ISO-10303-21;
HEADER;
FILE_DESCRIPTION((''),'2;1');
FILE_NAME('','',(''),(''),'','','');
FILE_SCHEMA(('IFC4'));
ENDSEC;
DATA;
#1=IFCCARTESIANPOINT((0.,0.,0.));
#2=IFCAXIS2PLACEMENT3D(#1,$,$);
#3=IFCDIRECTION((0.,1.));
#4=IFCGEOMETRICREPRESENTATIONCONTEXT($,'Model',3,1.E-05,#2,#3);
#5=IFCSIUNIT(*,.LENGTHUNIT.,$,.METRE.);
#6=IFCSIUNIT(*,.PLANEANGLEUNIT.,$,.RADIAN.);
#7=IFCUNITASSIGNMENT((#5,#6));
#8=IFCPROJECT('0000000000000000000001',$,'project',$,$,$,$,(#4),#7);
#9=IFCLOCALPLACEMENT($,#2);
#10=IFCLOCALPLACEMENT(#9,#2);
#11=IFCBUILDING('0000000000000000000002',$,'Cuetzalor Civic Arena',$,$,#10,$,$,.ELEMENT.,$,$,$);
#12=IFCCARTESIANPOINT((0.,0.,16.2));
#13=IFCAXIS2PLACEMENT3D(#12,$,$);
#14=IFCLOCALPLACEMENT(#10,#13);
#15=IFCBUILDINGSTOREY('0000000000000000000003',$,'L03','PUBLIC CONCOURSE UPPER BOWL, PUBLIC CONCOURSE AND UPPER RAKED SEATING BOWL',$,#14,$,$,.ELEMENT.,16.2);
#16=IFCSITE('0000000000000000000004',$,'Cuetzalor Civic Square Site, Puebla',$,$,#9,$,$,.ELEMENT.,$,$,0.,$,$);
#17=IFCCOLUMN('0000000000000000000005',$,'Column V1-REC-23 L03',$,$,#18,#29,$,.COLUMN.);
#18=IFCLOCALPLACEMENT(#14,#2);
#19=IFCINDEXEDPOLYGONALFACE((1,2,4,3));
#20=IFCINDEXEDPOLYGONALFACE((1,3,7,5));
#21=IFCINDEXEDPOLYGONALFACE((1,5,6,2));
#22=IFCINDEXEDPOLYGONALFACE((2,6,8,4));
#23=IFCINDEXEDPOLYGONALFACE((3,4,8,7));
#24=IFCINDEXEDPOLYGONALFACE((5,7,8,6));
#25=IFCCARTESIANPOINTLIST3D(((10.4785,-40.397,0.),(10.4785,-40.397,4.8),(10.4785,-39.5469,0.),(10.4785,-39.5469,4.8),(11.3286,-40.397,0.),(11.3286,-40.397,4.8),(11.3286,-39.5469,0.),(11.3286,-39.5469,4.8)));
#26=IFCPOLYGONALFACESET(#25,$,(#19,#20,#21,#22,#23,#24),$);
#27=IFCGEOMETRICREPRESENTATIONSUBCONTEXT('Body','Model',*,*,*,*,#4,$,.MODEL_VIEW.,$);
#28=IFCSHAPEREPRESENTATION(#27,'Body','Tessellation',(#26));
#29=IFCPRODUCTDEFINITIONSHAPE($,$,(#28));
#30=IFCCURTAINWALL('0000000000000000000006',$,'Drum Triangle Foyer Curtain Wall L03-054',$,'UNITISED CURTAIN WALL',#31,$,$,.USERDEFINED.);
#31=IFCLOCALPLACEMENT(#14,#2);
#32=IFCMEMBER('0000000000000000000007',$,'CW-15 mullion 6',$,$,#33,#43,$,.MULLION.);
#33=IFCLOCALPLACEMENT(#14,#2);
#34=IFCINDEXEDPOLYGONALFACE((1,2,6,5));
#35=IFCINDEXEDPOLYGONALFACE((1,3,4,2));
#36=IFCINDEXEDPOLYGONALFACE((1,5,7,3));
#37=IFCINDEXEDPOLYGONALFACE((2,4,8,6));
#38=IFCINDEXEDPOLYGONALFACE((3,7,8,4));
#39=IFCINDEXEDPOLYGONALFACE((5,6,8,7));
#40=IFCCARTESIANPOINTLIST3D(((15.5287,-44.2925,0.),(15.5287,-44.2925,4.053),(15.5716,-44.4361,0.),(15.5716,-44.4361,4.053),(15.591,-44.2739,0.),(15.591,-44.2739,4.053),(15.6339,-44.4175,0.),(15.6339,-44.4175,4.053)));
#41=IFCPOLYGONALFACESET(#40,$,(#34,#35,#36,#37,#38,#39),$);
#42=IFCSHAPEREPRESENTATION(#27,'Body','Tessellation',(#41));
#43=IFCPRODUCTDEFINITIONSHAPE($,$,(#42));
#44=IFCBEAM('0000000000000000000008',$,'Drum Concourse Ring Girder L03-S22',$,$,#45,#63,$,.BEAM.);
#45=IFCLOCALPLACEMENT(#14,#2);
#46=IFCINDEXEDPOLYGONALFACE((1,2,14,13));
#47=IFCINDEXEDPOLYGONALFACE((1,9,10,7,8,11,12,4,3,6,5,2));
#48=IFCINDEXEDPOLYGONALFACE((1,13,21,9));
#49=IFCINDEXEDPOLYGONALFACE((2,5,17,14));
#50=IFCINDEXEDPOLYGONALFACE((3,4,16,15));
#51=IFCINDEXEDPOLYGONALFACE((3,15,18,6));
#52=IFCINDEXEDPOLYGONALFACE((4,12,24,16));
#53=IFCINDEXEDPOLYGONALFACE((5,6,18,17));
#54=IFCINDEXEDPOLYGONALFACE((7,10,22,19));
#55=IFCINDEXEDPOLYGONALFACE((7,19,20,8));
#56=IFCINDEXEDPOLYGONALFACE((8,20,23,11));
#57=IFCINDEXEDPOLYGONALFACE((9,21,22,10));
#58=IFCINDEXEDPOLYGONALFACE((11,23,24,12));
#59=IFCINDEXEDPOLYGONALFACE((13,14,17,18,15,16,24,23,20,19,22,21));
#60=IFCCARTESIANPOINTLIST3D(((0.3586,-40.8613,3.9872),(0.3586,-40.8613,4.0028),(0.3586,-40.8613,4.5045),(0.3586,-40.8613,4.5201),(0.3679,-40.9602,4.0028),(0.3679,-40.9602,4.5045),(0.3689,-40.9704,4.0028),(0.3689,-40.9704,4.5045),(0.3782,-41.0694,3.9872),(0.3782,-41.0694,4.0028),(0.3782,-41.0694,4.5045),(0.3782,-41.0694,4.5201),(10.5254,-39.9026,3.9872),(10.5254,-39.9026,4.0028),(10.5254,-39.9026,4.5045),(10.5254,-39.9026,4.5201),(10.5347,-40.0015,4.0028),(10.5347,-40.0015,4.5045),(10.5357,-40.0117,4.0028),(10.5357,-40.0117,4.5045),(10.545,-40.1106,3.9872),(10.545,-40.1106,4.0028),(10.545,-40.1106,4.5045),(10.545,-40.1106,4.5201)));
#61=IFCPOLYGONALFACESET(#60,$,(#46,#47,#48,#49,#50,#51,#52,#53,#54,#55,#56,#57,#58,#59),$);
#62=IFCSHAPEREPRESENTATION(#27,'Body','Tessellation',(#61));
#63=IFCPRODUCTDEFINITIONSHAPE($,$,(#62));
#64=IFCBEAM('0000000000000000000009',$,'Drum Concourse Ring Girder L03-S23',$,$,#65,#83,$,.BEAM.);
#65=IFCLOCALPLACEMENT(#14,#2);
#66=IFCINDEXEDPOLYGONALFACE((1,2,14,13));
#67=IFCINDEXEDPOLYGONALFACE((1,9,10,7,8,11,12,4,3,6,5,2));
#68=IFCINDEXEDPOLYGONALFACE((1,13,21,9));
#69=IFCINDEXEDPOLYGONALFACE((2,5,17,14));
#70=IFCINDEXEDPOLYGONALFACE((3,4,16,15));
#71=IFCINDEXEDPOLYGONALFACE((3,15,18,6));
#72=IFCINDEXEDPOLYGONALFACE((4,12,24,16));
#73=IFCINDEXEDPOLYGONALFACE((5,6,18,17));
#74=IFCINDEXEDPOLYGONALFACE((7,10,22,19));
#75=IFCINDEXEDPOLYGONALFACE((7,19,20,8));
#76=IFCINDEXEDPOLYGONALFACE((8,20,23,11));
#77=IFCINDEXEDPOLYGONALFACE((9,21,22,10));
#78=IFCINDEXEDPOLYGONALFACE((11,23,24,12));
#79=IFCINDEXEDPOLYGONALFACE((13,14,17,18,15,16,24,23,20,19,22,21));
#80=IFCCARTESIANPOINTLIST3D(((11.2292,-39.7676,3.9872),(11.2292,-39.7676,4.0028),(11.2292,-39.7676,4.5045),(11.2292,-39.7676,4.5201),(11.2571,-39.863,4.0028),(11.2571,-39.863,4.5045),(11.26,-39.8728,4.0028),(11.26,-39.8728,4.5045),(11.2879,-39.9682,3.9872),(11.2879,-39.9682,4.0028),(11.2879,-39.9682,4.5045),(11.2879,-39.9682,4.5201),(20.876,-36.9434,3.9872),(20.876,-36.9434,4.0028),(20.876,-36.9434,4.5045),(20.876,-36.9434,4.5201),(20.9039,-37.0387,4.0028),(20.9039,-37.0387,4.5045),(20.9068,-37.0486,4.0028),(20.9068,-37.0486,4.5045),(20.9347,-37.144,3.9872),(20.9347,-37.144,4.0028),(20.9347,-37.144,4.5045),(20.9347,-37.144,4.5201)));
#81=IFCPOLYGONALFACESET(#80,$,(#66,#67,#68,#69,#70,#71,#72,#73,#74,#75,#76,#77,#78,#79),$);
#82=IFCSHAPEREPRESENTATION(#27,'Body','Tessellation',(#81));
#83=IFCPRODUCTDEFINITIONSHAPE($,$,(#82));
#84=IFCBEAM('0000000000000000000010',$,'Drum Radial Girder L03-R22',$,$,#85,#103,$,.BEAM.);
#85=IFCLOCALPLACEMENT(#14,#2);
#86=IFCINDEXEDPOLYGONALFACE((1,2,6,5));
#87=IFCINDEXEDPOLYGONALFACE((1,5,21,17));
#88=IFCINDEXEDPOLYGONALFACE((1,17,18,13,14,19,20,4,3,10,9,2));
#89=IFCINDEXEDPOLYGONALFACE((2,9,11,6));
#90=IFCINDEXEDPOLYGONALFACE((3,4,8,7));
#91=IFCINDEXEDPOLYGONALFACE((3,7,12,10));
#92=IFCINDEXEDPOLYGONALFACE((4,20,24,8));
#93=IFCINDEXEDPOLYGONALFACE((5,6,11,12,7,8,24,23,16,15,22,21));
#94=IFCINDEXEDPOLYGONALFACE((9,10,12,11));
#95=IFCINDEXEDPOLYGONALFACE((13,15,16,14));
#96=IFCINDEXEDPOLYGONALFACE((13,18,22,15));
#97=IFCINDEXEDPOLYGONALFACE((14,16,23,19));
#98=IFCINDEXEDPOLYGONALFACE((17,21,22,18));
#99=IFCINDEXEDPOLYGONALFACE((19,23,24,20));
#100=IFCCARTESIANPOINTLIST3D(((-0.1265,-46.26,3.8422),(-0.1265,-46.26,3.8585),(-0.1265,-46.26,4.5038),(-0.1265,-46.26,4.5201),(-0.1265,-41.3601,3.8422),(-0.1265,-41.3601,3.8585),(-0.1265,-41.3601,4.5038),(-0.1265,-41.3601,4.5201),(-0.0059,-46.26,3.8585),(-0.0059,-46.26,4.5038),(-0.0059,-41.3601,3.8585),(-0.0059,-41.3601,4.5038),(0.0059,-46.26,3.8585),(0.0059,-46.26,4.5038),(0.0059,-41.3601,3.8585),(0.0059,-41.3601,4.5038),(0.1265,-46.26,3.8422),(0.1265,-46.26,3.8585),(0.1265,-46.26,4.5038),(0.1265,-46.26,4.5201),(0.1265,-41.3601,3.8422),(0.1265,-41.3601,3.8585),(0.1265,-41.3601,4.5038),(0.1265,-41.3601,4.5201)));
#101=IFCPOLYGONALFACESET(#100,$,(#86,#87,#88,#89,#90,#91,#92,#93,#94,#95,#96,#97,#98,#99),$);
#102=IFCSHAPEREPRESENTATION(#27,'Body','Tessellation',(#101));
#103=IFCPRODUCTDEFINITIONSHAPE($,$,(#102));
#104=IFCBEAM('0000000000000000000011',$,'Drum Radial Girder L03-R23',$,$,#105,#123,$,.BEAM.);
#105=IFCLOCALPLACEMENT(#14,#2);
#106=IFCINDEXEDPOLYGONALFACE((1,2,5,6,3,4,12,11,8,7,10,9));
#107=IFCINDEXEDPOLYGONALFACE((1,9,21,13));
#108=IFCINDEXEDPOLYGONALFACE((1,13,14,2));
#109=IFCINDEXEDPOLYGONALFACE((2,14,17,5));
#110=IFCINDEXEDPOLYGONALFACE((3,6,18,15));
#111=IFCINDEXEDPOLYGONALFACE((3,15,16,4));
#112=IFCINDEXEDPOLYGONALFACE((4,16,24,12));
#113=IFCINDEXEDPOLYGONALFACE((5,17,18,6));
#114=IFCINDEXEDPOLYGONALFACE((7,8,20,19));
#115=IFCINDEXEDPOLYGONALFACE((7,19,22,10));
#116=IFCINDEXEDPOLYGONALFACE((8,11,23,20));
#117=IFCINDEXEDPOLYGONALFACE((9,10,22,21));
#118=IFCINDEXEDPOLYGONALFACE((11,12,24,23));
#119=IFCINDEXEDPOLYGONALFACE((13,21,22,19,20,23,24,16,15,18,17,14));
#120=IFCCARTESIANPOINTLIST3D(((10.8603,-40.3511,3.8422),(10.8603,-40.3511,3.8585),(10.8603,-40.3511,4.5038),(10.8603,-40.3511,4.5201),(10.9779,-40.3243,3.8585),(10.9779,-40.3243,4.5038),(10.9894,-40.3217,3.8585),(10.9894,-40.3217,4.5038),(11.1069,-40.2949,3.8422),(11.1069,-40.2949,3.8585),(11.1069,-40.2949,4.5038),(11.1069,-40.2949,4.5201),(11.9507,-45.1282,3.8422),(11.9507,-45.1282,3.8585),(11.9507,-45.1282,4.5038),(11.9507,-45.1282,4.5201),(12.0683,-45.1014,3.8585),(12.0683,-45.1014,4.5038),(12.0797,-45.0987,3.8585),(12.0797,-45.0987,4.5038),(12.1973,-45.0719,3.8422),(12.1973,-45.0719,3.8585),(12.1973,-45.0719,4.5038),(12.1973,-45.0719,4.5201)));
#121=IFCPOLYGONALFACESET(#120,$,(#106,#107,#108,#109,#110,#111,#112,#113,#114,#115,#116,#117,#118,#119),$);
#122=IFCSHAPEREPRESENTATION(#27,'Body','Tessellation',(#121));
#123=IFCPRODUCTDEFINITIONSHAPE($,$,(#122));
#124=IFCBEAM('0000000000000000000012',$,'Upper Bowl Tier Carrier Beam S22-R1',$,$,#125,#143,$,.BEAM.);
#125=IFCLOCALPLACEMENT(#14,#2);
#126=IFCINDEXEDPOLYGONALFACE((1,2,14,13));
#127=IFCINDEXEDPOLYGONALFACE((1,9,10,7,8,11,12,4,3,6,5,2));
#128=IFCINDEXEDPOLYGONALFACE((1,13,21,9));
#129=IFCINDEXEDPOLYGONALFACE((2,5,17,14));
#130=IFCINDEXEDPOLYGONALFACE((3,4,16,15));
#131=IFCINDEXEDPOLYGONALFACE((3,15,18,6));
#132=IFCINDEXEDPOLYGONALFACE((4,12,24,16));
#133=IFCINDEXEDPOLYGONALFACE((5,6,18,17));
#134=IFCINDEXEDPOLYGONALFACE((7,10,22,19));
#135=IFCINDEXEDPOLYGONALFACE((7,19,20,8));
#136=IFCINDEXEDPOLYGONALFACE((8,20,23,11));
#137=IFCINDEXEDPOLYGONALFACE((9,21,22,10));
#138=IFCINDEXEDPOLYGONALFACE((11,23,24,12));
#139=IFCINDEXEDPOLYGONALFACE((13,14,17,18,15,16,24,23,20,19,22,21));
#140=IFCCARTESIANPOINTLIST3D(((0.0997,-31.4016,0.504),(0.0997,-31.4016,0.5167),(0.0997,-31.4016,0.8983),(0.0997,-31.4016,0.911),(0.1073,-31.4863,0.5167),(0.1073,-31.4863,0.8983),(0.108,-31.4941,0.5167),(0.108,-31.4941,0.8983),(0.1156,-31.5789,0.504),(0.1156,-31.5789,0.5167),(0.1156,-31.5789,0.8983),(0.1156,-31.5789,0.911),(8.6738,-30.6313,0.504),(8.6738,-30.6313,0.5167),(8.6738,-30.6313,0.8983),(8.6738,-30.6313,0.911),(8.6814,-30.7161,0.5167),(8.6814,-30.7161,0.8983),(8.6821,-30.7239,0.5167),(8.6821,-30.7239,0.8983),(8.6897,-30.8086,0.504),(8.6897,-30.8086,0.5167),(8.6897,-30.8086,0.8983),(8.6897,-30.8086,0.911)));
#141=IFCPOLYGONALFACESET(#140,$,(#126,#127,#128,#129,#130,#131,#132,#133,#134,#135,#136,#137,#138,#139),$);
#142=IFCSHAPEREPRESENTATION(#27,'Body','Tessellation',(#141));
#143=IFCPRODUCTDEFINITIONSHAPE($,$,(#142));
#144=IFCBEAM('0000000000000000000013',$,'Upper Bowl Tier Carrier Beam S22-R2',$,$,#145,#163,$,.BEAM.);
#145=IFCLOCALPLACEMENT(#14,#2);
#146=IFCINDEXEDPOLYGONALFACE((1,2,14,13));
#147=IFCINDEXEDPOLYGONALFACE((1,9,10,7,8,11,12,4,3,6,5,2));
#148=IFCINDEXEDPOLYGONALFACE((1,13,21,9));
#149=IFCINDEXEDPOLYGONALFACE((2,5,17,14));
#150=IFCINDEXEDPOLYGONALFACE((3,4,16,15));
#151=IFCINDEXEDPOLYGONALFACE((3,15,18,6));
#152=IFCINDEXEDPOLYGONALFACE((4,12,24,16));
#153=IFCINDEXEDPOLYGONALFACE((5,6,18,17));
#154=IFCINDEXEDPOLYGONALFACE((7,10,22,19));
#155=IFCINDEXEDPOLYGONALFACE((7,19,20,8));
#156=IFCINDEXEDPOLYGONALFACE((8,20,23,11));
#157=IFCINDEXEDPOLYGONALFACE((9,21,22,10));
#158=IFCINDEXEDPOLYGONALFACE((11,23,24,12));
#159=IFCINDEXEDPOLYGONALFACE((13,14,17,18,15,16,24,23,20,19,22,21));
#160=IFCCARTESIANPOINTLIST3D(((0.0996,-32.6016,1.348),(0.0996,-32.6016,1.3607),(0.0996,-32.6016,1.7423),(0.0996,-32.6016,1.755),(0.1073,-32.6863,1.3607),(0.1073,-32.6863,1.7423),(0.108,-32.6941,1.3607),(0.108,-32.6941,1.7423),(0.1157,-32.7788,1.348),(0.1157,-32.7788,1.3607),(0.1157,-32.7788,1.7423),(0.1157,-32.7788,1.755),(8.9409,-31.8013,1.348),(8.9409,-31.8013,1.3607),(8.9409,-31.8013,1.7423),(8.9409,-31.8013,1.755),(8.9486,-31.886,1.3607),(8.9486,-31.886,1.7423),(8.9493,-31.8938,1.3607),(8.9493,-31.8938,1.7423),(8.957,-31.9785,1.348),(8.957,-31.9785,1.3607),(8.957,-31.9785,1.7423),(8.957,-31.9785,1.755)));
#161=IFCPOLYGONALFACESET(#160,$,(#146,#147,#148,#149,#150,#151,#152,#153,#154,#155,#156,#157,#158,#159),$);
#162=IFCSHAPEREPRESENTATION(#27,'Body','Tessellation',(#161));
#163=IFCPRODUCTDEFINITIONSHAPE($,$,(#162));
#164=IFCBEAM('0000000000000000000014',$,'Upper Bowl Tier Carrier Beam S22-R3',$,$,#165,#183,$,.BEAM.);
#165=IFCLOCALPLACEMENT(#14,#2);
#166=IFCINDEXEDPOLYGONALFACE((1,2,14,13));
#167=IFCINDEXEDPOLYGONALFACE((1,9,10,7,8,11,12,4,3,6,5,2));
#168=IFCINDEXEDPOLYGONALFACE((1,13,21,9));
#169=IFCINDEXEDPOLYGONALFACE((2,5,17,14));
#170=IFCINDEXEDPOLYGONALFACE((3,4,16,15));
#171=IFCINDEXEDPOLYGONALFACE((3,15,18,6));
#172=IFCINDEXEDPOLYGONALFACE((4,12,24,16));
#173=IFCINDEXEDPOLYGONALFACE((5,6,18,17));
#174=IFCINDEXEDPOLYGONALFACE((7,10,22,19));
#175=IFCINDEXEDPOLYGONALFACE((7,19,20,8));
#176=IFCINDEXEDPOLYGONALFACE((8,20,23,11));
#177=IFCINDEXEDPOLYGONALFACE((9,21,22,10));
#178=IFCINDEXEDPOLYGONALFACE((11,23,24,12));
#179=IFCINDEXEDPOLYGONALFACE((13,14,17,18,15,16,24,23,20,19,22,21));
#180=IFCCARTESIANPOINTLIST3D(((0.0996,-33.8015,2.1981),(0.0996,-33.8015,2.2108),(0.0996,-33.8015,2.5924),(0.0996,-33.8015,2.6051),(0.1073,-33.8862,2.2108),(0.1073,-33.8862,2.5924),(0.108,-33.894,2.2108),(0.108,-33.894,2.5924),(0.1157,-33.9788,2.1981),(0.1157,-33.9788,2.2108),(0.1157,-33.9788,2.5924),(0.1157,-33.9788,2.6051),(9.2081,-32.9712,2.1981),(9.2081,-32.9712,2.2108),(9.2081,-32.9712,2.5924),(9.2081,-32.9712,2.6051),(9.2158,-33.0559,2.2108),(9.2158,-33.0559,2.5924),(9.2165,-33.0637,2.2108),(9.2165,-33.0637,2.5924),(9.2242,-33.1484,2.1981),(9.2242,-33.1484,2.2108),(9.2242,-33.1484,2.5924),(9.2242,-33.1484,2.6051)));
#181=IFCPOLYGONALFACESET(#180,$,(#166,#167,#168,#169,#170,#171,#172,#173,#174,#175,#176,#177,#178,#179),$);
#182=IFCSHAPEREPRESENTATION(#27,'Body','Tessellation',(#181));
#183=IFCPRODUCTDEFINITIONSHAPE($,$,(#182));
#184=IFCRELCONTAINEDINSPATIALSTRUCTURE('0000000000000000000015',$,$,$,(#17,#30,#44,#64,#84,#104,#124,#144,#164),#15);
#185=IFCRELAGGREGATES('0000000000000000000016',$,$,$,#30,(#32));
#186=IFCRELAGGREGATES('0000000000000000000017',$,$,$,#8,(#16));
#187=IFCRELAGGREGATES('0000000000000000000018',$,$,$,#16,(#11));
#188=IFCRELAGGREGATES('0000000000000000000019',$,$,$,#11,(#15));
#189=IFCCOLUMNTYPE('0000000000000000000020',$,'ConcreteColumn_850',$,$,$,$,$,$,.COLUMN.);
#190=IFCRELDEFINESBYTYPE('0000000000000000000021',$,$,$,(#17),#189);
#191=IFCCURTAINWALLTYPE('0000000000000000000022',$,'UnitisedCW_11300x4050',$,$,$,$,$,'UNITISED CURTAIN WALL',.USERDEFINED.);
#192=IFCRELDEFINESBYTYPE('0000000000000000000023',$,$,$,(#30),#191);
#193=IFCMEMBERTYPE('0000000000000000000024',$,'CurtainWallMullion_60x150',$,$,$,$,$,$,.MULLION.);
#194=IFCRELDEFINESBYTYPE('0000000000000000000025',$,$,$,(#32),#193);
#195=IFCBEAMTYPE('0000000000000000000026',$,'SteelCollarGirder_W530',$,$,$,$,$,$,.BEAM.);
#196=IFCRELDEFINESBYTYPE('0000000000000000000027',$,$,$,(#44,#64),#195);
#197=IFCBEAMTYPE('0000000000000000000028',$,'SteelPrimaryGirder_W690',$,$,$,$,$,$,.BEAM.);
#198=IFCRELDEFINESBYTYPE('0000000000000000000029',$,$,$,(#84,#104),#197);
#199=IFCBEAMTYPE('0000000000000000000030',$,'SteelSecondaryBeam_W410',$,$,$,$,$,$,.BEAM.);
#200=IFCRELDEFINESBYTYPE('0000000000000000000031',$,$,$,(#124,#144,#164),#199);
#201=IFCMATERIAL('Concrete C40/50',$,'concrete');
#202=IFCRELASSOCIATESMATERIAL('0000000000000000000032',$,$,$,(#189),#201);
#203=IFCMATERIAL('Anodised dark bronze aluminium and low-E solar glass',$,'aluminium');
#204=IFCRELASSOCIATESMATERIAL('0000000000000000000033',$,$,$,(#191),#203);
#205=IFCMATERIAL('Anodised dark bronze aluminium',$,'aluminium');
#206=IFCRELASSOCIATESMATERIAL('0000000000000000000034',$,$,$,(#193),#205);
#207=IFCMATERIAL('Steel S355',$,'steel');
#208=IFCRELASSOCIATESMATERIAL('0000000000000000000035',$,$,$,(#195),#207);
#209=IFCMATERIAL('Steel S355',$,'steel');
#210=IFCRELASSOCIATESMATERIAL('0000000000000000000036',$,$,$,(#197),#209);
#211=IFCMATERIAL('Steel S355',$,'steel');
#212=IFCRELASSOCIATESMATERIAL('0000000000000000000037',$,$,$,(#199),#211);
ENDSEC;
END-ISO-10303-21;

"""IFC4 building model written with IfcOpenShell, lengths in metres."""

from ifc_helpers import new_model, si_unit, direction, frame, origin, origin_2d, place, context, subcontext, project, spatial, rectangle, i_section, extrude, material, material_profile, profile_set, type_object, element, aggregate, save


model = new_model("IFC4")

# Units and contexts
model_context = context("Model", 3, precision=1e-05, world=origin(), true_north=direction((0.0, 1.0)))
body_context = subcontext(model_context, "Body", "Model", "MODEL_VIEW")
ifc_project = project(units=[si_unit("LENGTHUNIT", "METRE"), si_unit("PLANEANGLEUNIT", "RADIAN")], contexts=[model_context])

# Site, building, storey
site_placement = place(None, origin())
site = spatial("IfcSite", under=ifc_project, at=site_placement, Name="Cuetzalor Civic Square Site, Puebla", CompositionType="ELEMENT", RefElevation=0.0)
building_placement = place(site_placement, origin())
building = spatial("IfcBuilding", under=site, at=building_placement, Name="Cuetzalor Civic Arena", CompositionType="ELEMENT")
storey_placement = place(building_placement, frame((0.0, 0.0, 16.2)))
storey = spatial("IfcBuildingStorey", under=building, at=storey_placement, Name="L03", Description="PUBLIC CONCOURSE UPPER BOWL, PUBLIC CONCOURSE AND UPPER RAKED SEATING BOWL", CompositionType="ELEMENT", Elevation=16.2)

# Column
ifc_material_1 = material(Name="Concrete C40/50", Category="concrete")
ifc_material_profile_1 = material_profile(ifc_material_1, rectangle(XDim=0.8501, YDim=0.8501, at=origin_2d()), Name="RC 850x850")
ifc_profile_set_1 = profile_set([ifc_material_profile_1], Name="Concrete C40/50")
column_type = type_object("IfcColumnType", Name="ConcreteColumn_850", PredefinedType="COLUMN", material=ifc_profile_set_1)
column_placement = place(storey_placement, frame((10.9036, -39.9719, 0.0), z_axis=(0.0, 0.0, 1.0), x_axis=(1.0, 0.0, 0.0)))
element("IfcColumn", 1, at=column_placement, inside=storey, type_object=column_type, Name="Column V1-REC-23 L03", PredefinedType="COLUMN", context=body_context, shape_type="SweptSolid", body=[
    extrude(rectangle(XDim=0.8501, YDim=0.8501, at=origin_2d()), origin(), (0.0, 0.0, 1.0), 4.8),
])

# Curtain wall, member
ifc_material_2 = material(Name="Anodised dark bronze aluminium and low-E solar glass", Category="aluminium")
curtain_wall_type = type_object("IfcCurtainWallType", Name="UnitisedCW_11300x4050", ElementType="UNITISED CURTAIN WALL", PredefinedType="USERDEFINED", material=ifc_material_2)
curtain_wall_placement = place(storey_placement, origin())
curtain_wall = element("IfcCurtainWall", 2, at=curtain_wall_placement, inside=storey, type_object=curtain_wall_type, Name="Drum Triangle Foyer Curtain Wall L03-054", ObjectType="UNITISED CURTAIN WALL", PredefinedType="USERDEFINED")
ifc_material_3 = material(Name="Anodised dark bronze aluminium", Category="aluminium")
ifc_material_profile_2 = material_profile(ifc_material_3, rectangle(XDim=0.0649, YDim=0.1499, at=origin_2d()), Name="ALU MULLION 65x150")
ifc_profile_set_2 = profile_set([ifc_material_profile_2], Name="Anodised dark bronze aluminium")
member_type = type_object("IfcMemberType", Name="CurtainWallMullion_60x150", PredefinedType="MULLION", material=ifc_profile_set_2)
member_placement = place(storey_placement, frame((15.5813, -44.355, 0.0), z_axis=(0.0, 0.0, 1.0), x_axis=(-0.958194, -0.28612, 0.0)))
member = element("IfcMember", 3, at=member_placement, type_object=member_type, Name="CW-15 mullion 6", PredefinedType="MULLION", context=body_context, shape_type="SweptSolid", body=[
    extrude(rectangle(XDim=0.0649, YDim=0.1499, at=origin_2d()), origin(), (0.0, 0.0, 1.0), 4.053),
])

# Beams
ifc_material_4 = material(Name="Steel S355", Category="steel")
ifc_material_profile_3 = material_profile(ifc_material_4, i_section(OverallWidth=0.209, OverallDepth=0.533, WebThickness=0.0103, FlangeThickness=0.0156, at=origin_2d()), Name="W530x92")
ifc_profile_set_3 = profile_set([ifc_material_profile_3], Name="Steel S355")
beam_type_1 = type_object("IfcBeamType", Name="SteelCollarGirder_W530", PredefinedType="BEAM", material=ifc_profile_set_3)
beam_1_placement = place(storey_placement, frame((0.3684, -40.9653, 4.2537), z_axis=(0.995583, 0.093885, 0.0), x_axis=(-0.093885, 0.995583, 0.0)))
element("IfcBeam", 4, at=beam_1_placement, inside=storey, type_object=beam_type_1, Name="Drum Concourse Ring Girder L03-S22", PredefinedType="BEAM", context=body_context, shape_type="SweptSolid", body=[
    extrude(i_section(OverallWidth=0.209, OverallDepth=0.533, WebThickness=0.0103, FlangeThickness=0.0156, at=origin_2d()), origin(), (0.0, 0.0, 1.0), 10.2119),
])
beam_2_placement = place(storey_placement, frame((11.2585, -39.8679, 4.2537), z_axis=(0.959716, 0.280971, 0.0), x_axis=(-0.280971, 0.959716, 0.0)))
element("IfcBeam", 5, at=beam_2_placement, inside=storey, type_object=beam_type_1, Name="Drum Concourse Ring Girder L03-S23", PredefinedType="BEAM", context=body_context, shape_type="SweptSolid", body=[
    extrude(i_section(OverallWidth=0.209, OverallDepth=0.533, WebThickness=0.0103, FlangeThickness=0.0156, at=origin_2d()), origin(), (0.0, 0.0, 1.0), 10.0518),
])
ifc_material_5 = material(Name="Steel S355", Category="steel")
ifc_material_profile_4 = material_profile(ifc_material_5, i_section(OverallWidth=0.2529, OverallDepth=0.678, WebThickness=0.0117, FlangeThickness=0.0164, at=origin_2d()), Name="W690x125")
ifc_profile_set_4 = profile_set([ifc_material_profile_4], Name="Steel S355")
beam_type_2 = type_object("IfcBeamType", Name="SteelPrimaryGirder_W690", PredefinedType="BEAM", material=ifc_profile_set_4)
for number, where, z_axis, x_axis, name in (
    (6, (0.0, -41.3601, 4.1812), (0.0, -1.0, 0.0), (1.0, 0.0, 0.0), "Drum Radial Girder L03-R22"),
    (7, (10.9836, -40.323, 4.1812), (0.222519, -0.974928, 0.0), (0.974928, 0.222519, 0.0), "Drum Radial Girder L03-R23"),
):
    element("IfcBeam", number, at=place(storey_placement, frame(where, z_axis=z_axis, x_axis=x_axis)), inside=storey, type_object=beam_type_2, Name=name, PredefinedType="BEAM", context=body_context, shape_type="SweptSolid", body=[
        extrude(i_section(OverallWidth=0.2529, OverallDepth=0.678, WebThickness=0.0117, FlangeThickness=0.0164, at=origin_2d()), origin(), (0.0, 0.0, 1.0), 4.8999),
    ])
ifc_material_6 = material(Name="Steel S355", Category="steel")
ifc_material_profile_5 = material_profile(ifc_material_6, i_section(OverallWidth=0.178, OverallDepth=0.407, WebThickness=0.0078, FlangeThickness=0.0127, at=origin_2d()), Name="W410x60")
ifc_profile_set_5 = profile_set([ifc_material_profile_5], Name="Steel S355")
beam_type_3 = type_object("IfcBeamType", Name="SteelSecondaryBeam_W410", PredefinedType="BEAM", material=ifc_profile_set_5)
beam_3_placement = place(storey_placement, frame((0.1077, -31.4902, 0.7075), z_axis=(0.995989, 0.089475, 0.0), x_axis=(-0.089475, 0.995989, 0.0)))
element("IfcBeam", 8, at=beam_3_placement, inside=storey, type_object=beam_type_3, Name="Upper Bowl Tier Carrier Beam S22-R1", PredefinedType="BEAM", context=body_context, shape_type="SweptSolid", body=[
    extrude(i_section(OverallWidth=0.178, OverallDepth=0.407, WebThickness=0.0078, FlangeThickness=0.0127, at=origin_2d()), origin(), (0.0, 0.0, 1.0), 8.6086),
])
beam_4_placement = place(storey_placement, frame((0.1077, -32.6902, 1.5515), z_axis=(0.995928, 0.090149, 0.0), x_axis=(-0.090149, 0.995928, 0.0)))
element("IfcBeam", 9, at=beam_4_placement, inside=storey, type_object=beam_type_3, Name="Upper Bowl Tier Carrier Beam S22-R2", PredefinedType="BEAM", context=body_context, shape_type="SweptSolid", body=[
    extrude(i_section(OverallWidth=0.178, OverallDepth=0.407, WebThickness=0.0078, FlangeThickness=0.0127, at=origin_2d()), origin(), (0.0, 0.0, 1.0), 8.8774),
])
beam_5_placement = place(storey_placement, frame((0.1077, -33.8901, 2.4016), z_axis=(0.995871, 0.090784, 0.0), x_axis=(-0.090784, 0.995871, 0.0)))
element("IfcBeam", 10, at=beam_5_placement, inside=storey, type_object=beam_type_3, Name="Upper Bowl Tier Carrier Beam S22-R3", PredefinedType="BEAM", context=body_context, shape_type="SweptSolid", body=[
    extrude(i_section(OverallWidth=0.178, OverallDepth=0.407, WebThickness=0.0078, FlangeThickness=0.0127, at=origin_2d()), origin(), (0.0, 0.0, 1.0), 9.1462),
])

aggregate(curtain_wall, [member])

save(model, "model.ifc")
